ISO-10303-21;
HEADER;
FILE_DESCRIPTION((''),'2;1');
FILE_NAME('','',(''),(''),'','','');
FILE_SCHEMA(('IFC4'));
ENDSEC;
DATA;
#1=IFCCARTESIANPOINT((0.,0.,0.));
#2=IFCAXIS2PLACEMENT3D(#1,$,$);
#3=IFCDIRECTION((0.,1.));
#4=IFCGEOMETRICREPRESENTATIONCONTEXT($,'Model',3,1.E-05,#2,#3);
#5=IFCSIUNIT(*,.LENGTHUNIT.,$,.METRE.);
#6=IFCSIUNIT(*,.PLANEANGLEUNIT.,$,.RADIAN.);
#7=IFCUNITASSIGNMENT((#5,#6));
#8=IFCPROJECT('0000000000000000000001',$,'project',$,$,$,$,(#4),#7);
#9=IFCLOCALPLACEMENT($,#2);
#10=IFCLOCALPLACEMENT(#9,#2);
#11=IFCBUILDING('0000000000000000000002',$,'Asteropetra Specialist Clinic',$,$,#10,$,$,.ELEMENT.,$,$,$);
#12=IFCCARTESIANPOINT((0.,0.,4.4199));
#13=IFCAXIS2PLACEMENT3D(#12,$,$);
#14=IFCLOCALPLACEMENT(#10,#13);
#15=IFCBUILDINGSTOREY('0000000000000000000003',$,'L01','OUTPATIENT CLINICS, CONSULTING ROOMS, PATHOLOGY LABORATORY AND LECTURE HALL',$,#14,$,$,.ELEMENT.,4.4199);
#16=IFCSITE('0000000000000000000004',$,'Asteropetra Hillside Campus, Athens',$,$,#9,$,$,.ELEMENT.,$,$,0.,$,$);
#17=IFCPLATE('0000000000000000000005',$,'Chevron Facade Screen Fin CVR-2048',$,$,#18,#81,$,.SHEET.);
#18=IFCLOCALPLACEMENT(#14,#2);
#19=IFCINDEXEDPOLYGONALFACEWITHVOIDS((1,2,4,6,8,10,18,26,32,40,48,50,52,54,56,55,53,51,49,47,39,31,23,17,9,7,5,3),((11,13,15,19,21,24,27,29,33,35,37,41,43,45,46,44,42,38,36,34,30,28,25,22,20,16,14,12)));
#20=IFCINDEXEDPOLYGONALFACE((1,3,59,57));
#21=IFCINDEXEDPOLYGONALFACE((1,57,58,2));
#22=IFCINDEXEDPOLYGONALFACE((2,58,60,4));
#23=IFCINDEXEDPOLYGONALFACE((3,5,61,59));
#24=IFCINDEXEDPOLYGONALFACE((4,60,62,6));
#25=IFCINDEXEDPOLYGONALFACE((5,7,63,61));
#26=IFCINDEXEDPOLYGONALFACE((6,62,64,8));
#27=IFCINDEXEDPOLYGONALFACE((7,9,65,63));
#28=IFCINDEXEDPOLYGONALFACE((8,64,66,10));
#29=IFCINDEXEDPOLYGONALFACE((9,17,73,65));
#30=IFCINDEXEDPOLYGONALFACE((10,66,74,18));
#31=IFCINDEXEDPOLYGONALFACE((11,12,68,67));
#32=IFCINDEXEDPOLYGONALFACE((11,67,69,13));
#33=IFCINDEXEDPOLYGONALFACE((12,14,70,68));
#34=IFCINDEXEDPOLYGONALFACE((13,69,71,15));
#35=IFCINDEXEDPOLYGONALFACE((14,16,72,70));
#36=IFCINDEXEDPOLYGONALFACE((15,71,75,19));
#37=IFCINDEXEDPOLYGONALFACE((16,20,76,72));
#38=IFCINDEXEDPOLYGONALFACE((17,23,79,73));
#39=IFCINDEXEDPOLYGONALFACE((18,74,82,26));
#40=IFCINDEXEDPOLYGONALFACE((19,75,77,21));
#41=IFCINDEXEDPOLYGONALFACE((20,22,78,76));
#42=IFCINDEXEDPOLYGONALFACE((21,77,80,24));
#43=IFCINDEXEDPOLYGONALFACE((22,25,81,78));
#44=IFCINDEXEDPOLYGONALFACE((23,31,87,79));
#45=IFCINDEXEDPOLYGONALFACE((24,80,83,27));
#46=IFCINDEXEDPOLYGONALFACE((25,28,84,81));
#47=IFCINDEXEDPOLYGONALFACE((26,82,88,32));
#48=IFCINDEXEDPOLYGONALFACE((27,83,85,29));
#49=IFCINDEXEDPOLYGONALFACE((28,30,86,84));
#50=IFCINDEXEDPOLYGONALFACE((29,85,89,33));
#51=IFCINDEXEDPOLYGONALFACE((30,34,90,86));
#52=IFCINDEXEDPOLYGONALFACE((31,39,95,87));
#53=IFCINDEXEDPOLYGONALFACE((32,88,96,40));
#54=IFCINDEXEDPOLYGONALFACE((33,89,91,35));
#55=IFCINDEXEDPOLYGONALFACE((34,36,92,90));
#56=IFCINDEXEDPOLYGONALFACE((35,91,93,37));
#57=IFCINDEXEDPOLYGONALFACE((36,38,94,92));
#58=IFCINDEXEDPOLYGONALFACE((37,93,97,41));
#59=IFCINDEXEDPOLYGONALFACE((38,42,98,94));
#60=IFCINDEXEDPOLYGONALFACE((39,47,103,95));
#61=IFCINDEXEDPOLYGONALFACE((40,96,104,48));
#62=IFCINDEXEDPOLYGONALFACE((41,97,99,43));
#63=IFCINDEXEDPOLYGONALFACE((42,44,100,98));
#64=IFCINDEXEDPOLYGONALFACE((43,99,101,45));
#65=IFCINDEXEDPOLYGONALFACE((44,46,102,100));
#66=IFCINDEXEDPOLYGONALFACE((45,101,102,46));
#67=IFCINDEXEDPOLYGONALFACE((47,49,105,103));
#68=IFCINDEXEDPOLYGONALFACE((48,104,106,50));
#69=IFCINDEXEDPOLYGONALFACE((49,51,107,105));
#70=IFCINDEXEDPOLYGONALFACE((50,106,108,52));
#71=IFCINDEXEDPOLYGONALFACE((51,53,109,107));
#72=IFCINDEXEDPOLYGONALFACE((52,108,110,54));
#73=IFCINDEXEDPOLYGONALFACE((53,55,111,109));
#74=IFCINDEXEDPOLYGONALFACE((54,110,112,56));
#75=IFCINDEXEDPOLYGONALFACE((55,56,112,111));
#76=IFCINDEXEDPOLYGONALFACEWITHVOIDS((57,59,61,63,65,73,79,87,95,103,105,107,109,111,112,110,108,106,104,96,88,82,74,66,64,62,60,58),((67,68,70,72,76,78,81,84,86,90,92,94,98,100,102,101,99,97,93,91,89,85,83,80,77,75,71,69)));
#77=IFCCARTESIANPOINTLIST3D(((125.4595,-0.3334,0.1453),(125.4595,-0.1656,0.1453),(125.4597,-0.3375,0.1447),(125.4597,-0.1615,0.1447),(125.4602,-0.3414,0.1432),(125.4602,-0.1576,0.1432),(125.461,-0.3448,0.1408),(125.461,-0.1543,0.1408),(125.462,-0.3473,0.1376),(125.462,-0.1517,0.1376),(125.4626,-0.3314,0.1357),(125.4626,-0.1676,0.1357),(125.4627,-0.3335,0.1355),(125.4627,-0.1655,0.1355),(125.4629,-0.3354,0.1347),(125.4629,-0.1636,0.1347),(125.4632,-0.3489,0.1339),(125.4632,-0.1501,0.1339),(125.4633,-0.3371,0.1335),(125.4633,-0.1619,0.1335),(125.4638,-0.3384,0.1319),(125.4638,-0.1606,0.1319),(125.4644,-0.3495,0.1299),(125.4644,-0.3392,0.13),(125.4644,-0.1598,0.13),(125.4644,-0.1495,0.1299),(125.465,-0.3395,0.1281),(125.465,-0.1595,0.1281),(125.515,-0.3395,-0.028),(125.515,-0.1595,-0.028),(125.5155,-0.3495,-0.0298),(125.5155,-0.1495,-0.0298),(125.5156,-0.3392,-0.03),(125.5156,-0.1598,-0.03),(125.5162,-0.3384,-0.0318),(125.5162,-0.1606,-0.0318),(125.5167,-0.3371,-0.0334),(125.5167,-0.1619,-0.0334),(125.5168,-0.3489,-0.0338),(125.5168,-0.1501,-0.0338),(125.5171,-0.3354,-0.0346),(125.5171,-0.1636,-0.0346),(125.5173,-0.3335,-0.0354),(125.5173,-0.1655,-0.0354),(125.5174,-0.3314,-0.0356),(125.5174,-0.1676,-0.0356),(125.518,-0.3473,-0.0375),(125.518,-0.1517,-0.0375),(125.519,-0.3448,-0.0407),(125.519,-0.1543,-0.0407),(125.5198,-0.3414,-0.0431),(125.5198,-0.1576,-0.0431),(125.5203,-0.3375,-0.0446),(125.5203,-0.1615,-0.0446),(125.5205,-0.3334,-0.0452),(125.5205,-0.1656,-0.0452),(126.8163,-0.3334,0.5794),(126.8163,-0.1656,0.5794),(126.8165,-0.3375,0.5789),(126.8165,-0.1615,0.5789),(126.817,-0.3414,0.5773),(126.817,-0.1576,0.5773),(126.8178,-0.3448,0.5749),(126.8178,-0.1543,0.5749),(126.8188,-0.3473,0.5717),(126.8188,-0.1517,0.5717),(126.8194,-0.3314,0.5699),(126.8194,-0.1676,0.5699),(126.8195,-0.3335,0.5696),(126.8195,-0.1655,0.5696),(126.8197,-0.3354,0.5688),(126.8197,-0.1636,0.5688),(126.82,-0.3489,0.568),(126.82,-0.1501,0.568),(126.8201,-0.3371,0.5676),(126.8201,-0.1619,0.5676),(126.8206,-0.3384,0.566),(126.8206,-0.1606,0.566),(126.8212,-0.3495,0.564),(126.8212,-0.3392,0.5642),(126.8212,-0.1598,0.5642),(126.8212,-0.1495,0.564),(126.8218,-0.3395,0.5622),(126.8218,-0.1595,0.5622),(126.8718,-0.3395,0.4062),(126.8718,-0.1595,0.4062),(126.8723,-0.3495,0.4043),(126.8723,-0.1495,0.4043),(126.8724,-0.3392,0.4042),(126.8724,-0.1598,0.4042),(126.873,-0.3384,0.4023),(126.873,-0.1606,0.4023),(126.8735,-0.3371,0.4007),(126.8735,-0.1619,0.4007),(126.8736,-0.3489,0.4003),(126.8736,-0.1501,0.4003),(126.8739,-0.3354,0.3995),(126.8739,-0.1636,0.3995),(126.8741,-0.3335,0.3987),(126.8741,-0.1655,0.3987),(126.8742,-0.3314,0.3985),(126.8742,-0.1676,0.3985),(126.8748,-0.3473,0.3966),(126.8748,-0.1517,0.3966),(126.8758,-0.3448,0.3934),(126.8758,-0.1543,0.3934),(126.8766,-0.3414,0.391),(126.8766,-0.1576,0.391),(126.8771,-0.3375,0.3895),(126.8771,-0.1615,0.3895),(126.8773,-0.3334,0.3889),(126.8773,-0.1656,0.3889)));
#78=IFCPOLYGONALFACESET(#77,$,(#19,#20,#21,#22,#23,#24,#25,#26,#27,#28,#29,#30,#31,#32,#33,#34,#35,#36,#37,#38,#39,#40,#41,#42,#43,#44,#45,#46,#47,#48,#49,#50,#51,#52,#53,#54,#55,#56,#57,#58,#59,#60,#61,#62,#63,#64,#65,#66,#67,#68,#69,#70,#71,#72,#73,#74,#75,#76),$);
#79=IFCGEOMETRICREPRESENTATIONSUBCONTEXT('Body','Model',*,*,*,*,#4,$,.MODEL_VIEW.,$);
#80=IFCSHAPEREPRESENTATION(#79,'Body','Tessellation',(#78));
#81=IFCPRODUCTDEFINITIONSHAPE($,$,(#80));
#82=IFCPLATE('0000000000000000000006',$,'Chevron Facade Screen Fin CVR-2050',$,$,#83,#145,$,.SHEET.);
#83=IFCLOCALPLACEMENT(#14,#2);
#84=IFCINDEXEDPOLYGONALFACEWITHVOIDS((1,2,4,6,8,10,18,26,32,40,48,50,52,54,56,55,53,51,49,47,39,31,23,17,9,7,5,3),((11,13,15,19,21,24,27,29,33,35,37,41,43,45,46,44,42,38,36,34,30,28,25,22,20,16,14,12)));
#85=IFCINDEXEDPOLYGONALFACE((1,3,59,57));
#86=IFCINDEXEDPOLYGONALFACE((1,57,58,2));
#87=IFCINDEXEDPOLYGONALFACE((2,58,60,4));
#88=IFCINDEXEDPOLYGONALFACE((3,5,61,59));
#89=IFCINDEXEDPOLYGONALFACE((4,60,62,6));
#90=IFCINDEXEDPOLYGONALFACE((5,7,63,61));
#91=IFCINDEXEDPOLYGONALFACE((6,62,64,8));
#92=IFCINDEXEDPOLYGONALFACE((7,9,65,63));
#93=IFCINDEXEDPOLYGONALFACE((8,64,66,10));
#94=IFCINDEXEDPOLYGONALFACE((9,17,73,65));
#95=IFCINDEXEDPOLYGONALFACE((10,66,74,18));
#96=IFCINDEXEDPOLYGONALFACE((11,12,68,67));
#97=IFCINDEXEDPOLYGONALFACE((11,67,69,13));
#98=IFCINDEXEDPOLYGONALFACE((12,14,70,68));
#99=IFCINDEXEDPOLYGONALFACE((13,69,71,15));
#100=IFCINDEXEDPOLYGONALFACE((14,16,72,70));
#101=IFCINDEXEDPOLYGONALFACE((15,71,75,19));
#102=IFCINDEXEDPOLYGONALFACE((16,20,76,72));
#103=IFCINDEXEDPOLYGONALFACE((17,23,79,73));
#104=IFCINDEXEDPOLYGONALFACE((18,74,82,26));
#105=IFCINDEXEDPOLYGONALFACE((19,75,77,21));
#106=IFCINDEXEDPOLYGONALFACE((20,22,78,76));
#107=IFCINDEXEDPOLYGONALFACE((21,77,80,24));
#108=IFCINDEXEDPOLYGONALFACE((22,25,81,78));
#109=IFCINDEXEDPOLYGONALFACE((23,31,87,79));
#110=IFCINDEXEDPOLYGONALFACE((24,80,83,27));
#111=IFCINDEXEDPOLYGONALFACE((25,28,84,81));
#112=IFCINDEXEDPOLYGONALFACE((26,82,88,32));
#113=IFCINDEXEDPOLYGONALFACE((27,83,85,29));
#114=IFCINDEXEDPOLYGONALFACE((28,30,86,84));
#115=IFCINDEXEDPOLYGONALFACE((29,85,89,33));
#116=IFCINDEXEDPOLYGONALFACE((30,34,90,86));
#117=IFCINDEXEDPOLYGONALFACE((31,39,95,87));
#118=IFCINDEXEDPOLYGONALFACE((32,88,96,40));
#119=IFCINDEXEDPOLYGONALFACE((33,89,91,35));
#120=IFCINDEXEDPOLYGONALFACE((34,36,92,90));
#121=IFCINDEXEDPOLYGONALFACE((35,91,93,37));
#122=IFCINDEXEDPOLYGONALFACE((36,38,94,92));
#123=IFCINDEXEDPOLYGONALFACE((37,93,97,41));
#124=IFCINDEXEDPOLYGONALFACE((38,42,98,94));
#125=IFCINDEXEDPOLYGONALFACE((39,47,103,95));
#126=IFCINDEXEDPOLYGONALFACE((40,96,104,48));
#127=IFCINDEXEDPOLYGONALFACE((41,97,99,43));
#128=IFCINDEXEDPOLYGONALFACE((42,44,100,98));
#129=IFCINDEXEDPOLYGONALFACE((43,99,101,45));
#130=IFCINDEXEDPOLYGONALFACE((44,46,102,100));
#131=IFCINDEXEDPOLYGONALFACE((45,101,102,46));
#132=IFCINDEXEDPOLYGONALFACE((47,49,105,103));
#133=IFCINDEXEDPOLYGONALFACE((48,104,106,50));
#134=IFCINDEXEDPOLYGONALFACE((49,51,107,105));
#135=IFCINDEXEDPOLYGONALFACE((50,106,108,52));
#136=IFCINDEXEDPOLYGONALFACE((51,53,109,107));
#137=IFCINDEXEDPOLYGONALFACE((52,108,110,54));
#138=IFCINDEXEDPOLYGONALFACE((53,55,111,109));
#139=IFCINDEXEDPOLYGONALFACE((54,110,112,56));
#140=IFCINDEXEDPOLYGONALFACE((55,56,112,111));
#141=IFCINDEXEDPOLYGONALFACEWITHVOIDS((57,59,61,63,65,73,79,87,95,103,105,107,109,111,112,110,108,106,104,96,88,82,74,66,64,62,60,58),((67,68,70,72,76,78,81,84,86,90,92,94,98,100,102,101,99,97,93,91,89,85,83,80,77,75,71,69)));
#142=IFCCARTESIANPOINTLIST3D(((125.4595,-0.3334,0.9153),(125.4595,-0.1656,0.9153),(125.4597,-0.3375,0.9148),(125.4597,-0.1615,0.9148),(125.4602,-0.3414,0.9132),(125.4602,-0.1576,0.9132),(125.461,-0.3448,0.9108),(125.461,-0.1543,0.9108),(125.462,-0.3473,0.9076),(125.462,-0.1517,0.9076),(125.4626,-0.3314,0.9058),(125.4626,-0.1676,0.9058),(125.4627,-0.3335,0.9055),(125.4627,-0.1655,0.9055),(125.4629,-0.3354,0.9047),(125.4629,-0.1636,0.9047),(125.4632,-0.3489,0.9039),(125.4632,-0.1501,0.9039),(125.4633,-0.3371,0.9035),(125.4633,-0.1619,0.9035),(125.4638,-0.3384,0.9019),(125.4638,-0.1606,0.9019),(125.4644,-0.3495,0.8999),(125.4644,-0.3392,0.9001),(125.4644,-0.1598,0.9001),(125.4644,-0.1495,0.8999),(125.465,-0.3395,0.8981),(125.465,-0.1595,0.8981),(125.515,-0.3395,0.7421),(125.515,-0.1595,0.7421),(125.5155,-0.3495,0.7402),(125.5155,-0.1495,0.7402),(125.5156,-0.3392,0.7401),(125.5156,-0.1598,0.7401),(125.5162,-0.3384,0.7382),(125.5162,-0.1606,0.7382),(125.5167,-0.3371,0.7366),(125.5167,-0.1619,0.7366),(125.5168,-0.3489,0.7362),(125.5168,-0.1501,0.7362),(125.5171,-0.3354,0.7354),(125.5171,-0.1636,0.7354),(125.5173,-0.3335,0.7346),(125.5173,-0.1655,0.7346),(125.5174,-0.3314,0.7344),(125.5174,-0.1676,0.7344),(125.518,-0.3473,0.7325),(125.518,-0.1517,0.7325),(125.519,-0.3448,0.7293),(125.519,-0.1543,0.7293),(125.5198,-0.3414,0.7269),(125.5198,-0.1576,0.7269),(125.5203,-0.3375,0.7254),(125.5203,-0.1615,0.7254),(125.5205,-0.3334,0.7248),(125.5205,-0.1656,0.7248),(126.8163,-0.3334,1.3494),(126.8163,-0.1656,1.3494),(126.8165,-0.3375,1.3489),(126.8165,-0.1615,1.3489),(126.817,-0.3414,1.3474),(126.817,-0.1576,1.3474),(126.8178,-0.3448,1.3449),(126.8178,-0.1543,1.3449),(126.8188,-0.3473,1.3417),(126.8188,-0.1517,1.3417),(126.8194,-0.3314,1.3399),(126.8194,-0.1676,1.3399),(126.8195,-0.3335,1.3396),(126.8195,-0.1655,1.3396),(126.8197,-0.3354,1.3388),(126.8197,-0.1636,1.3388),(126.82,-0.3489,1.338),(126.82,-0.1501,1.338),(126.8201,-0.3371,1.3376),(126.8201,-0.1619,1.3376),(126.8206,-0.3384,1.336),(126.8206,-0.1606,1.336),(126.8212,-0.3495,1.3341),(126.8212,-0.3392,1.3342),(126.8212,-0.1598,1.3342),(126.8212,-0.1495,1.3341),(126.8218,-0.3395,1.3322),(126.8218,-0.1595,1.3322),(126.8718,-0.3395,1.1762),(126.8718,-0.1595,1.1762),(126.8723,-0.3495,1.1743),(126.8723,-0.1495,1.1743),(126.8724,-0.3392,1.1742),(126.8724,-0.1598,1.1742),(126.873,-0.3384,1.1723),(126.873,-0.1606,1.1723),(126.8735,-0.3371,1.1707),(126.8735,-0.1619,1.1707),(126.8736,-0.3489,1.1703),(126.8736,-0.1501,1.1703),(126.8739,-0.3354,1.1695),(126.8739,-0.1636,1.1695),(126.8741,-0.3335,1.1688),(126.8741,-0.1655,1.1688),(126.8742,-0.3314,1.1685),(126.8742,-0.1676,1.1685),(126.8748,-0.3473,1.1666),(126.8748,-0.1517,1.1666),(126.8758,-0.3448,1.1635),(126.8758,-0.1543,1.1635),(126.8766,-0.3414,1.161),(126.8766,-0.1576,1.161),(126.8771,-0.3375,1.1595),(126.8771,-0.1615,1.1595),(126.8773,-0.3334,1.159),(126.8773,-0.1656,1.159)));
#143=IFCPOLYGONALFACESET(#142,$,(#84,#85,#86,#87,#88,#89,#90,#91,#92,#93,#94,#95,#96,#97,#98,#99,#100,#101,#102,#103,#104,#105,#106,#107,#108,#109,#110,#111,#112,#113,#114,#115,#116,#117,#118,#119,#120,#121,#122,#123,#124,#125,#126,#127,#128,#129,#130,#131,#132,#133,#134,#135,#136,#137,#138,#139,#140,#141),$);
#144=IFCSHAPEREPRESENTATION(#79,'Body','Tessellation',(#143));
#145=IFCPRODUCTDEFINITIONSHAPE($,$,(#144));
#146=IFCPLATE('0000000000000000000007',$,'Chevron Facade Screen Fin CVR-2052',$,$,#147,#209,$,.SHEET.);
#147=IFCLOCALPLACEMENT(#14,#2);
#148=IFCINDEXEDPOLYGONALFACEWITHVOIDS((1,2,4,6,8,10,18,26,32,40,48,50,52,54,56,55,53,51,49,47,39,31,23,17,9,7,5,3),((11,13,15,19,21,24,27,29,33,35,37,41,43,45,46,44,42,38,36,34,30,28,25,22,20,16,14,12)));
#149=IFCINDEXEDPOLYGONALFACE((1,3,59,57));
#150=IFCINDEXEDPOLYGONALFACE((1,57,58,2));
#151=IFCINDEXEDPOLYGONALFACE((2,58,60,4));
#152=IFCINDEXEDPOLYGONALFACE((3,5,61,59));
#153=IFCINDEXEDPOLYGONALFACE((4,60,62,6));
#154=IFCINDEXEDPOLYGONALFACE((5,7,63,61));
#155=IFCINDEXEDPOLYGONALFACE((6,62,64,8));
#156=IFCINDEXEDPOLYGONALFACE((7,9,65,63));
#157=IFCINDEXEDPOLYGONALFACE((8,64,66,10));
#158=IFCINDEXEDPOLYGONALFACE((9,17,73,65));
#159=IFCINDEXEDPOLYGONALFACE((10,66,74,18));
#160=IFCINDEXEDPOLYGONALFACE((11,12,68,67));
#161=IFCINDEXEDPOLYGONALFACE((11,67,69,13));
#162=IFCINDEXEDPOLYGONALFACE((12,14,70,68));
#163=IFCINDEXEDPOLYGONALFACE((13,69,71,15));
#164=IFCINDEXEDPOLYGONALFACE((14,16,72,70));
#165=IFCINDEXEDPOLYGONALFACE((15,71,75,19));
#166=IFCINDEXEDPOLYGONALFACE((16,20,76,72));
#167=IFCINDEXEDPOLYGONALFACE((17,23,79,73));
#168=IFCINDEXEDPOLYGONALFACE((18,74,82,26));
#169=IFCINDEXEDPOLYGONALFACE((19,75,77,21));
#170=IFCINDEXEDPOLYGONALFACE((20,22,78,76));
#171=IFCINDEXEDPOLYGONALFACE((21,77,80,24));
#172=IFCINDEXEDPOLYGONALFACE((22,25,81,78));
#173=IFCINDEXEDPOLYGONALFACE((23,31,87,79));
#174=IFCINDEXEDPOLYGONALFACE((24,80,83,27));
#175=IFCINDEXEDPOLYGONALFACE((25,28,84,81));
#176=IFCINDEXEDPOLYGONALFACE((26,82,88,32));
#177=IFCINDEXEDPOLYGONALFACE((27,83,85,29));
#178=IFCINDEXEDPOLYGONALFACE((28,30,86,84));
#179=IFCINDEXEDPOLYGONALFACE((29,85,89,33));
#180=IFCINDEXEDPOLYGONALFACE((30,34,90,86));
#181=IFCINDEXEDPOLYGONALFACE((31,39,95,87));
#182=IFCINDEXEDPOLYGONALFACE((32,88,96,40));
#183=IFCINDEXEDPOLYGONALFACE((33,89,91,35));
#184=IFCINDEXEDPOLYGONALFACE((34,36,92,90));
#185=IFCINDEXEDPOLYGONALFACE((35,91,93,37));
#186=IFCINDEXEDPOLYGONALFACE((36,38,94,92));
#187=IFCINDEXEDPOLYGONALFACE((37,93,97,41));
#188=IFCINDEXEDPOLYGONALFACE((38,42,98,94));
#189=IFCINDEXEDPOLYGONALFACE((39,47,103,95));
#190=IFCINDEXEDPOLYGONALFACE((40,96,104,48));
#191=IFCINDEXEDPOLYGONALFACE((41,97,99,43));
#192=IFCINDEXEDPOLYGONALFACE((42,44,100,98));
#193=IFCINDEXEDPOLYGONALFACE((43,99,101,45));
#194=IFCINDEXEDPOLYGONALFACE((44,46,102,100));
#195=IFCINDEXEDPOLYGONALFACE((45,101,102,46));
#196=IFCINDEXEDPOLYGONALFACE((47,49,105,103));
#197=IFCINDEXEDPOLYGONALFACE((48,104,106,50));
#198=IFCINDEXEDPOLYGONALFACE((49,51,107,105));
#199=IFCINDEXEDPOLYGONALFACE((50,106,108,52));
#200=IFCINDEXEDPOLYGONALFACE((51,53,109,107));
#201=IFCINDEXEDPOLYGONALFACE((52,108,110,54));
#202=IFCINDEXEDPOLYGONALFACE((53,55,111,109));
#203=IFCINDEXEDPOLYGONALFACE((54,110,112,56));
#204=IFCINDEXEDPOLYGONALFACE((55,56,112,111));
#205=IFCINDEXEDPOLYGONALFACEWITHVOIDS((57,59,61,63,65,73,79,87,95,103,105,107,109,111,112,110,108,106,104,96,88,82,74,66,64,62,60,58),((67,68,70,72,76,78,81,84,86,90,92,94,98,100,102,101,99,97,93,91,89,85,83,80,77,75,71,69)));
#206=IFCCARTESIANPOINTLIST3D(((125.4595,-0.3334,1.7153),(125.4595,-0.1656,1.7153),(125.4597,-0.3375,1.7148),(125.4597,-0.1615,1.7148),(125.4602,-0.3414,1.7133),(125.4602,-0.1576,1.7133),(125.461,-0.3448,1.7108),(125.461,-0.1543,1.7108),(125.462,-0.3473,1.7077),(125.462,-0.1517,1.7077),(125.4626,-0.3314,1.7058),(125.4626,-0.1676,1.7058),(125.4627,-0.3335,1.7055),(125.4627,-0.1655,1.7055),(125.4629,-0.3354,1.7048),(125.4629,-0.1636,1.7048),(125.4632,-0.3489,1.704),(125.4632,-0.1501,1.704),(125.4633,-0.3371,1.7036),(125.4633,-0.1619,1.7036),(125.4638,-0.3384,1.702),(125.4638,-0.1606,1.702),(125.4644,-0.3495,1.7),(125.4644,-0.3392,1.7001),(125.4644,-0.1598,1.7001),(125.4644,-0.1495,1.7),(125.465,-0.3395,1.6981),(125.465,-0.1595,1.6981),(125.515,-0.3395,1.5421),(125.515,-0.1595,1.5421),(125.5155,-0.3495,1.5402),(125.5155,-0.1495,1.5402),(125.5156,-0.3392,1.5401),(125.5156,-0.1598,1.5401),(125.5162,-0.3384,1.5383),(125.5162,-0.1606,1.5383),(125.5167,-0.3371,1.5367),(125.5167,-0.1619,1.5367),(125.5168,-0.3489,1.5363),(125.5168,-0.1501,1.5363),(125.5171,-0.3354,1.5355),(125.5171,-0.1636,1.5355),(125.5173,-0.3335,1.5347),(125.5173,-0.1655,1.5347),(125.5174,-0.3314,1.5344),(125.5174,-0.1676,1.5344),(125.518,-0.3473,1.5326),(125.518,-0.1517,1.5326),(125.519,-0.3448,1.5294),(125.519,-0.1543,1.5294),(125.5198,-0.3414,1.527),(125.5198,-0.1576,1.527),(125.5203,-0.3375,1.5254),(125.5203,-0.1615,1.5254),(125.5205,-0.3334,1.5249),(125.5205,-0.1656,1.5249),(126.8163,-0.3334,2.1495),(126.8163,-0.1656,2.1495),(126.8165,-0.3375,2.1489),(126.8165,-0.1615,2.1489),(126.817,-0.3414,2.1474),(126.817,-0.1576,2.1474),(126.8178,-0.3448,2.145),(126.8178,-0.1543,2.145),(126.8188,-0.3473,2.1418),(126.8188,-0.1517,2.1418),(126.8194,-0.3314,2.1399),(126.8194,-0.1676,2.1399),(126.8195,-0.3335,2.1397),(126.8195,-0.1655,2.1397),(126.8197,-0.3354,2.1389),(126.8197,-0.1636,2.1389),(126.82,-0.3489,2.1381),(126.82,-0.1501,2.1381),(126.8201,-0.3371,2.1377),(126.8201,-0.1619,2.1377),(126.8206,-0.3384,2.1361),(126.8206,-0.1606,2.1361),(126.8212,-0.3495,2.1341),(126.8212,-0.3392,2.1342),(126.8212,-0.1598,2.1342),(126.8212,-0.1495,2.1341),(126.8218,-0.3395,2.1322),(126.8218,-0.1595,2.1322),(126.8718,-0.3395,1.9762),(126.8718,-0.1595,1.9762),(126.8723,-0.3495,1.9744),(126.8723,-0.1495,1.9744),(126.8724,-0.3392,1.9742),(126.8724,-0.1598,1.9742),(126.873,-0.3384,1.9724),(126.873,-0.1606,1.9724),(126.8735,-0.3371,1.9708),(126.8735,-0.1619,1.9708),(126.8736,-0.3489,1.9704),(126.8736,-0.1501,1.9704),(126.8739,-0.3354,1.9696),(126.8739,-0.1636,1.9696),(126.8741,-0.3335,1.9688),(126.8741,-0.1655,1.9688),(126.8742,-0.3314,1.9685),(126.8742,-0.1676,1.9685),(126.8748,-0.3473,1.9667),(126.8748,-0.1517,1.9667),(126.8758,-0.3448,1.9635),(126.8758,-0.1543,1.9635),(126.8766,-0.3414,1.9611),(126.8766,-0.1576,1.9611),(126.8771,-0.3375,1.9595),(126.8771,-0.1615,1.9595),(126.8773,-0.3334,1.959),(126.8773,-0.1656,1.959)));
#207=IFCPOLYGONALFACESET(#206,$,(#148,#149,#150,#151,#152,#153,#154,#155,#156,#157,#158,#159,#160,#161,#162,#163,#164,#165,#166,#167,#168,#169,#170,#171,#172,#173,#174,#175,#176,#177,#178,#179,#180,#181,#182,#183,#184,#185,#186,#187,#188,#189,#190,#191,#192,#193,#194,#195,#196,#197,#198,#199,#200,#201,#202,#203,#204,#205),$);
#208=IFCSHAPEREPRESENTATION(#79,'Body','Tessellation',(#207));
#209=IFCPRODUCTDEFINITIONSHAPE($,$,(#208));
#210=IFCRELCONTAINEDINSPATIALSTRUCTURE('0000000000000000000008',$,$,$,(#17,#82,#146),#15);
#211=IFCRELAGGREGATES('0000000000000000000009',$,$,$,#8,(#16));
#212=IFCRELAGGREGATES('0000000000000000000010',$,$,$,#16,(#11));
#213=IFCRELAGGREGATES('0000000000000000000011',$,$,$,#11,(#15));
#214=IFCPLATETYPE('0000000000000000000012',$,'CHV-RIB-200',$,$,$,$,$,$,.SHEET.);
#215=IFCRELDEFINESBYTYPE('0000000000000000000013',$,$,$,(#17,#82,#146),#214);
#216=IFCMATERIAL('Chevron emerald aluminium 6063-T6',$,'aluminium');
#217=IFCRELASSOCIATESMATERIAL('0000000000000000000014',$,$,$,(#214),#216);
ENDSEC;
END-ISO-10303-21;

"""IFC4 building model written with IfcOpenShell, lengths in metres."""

from ifc_helpers import new_model, si_unit, direction, frame, origin, origin_2d, place, context, subcontext, project, spatial, hollow_rectangle, extrude, material, material_profile, profile_set, type_object, element, save


model = new_model("IFC4")

# Units and contexts
model_context = context("Model", 3, precision=1e-05, world=origin(), true_north=direction((0.0, 1.0)))
body_context = subcontext(model_context, "Body", "Model", "MODEL_VIEW")
ifc_project = project(units=[si_unit("LENGTHUNIT", "METRE"), si_unit("PLANEANGLEUNIT", "RADIAN")], contexts=[model_context])

# Site, building, storey
site_placement = place(None, origin())
site = spatial("IfcSite", under=ifc_project, at=site_placement, Name="Asteropetra Hillside Campus, Athens", CompositionType="ELEMENT", RefElevation=0.0)
building_placement = place(site_placement, origin())
building = spatial("IfcBuilding", under=site, at=building_placement, Name="Asteropetra Specialist Clinic", CompositionType="ELEMENT")
storey_placement = place(building_placement, frame((0.0, 0.0, 4.4199)))
storey = spatial("IfcBuildingStorey", under=building, at=storey_placement, Name="L01", Description="OUTPATIENT CLINICS, CONSULTING ROOMS, PATHOLOGY LABORATORY AND LECTURE HALL", CompositionType="ELEMENT", Elevation=4.4199)

# Plates
ifc_material_1 = material(Name="Chevron emerald aluminium 6063-T6", Category="aluminium")
ifc_material_profile_1 = material_profile(ifc_material_1, hollow_rectangle(XDim=0.2, YDim=0.2, WallThickness=0.01, InnerFilletRadius=0.0081, OuterFilletRadius=0.0161, at=origin_2d()), Name="SHS 200x200x10.0")
ifc_profile_set_1 = profile_set([ifc_material_profile_1], Name="Chevron emerald aluminium 6063-T6")
plate_type = type_object("IfcPlateType", Name="CHV-RIB-200", PredefinedType="SHEET", material=ifc_profile_set_1)
for number, where, z_axis, x_axis, name in (
    (1, (125.49, -0.2495, 0.05), (0.952436, 0.0, 0.304738), (0.0, 1.0, 0.0), "Chevron Facade Screen Fin CVR-2048"),
    (2, (125.49, -0.2495, 0.8201), (0.952436, 0.0, 0.304738), (0.0, 1.0, 0.0), "Chevron Facade Screen Fin CVR-2050"),
    (3, (125.49, -0.2495, 1.6201), (0.952436, 0.0, 0.304738), (0.0, 1.0, 0.0), "Chevron Facade Screen Fin CVR-2052"),
):
    element("IfcPlate", number, at=place(storey_placement, frame(where, z_axis=z_axis, x_axis=x_axis)), inside=storey, type_object=plate_type, Name=name, PredefinedType="SHEET", context=body_context, shape_type="SweptSolid", body=[
        extrude(hollow_rectangle(XDim=0.2, YDim=0.2, WallThickness=0.01, InnerFilletRadius=0.0081, OuterFilletRadius=0.0161, at=origin_2d()), origin(), (0.0, 0.0, 1.0), 1.4246),
    ])

save(model, "model.ifc")
